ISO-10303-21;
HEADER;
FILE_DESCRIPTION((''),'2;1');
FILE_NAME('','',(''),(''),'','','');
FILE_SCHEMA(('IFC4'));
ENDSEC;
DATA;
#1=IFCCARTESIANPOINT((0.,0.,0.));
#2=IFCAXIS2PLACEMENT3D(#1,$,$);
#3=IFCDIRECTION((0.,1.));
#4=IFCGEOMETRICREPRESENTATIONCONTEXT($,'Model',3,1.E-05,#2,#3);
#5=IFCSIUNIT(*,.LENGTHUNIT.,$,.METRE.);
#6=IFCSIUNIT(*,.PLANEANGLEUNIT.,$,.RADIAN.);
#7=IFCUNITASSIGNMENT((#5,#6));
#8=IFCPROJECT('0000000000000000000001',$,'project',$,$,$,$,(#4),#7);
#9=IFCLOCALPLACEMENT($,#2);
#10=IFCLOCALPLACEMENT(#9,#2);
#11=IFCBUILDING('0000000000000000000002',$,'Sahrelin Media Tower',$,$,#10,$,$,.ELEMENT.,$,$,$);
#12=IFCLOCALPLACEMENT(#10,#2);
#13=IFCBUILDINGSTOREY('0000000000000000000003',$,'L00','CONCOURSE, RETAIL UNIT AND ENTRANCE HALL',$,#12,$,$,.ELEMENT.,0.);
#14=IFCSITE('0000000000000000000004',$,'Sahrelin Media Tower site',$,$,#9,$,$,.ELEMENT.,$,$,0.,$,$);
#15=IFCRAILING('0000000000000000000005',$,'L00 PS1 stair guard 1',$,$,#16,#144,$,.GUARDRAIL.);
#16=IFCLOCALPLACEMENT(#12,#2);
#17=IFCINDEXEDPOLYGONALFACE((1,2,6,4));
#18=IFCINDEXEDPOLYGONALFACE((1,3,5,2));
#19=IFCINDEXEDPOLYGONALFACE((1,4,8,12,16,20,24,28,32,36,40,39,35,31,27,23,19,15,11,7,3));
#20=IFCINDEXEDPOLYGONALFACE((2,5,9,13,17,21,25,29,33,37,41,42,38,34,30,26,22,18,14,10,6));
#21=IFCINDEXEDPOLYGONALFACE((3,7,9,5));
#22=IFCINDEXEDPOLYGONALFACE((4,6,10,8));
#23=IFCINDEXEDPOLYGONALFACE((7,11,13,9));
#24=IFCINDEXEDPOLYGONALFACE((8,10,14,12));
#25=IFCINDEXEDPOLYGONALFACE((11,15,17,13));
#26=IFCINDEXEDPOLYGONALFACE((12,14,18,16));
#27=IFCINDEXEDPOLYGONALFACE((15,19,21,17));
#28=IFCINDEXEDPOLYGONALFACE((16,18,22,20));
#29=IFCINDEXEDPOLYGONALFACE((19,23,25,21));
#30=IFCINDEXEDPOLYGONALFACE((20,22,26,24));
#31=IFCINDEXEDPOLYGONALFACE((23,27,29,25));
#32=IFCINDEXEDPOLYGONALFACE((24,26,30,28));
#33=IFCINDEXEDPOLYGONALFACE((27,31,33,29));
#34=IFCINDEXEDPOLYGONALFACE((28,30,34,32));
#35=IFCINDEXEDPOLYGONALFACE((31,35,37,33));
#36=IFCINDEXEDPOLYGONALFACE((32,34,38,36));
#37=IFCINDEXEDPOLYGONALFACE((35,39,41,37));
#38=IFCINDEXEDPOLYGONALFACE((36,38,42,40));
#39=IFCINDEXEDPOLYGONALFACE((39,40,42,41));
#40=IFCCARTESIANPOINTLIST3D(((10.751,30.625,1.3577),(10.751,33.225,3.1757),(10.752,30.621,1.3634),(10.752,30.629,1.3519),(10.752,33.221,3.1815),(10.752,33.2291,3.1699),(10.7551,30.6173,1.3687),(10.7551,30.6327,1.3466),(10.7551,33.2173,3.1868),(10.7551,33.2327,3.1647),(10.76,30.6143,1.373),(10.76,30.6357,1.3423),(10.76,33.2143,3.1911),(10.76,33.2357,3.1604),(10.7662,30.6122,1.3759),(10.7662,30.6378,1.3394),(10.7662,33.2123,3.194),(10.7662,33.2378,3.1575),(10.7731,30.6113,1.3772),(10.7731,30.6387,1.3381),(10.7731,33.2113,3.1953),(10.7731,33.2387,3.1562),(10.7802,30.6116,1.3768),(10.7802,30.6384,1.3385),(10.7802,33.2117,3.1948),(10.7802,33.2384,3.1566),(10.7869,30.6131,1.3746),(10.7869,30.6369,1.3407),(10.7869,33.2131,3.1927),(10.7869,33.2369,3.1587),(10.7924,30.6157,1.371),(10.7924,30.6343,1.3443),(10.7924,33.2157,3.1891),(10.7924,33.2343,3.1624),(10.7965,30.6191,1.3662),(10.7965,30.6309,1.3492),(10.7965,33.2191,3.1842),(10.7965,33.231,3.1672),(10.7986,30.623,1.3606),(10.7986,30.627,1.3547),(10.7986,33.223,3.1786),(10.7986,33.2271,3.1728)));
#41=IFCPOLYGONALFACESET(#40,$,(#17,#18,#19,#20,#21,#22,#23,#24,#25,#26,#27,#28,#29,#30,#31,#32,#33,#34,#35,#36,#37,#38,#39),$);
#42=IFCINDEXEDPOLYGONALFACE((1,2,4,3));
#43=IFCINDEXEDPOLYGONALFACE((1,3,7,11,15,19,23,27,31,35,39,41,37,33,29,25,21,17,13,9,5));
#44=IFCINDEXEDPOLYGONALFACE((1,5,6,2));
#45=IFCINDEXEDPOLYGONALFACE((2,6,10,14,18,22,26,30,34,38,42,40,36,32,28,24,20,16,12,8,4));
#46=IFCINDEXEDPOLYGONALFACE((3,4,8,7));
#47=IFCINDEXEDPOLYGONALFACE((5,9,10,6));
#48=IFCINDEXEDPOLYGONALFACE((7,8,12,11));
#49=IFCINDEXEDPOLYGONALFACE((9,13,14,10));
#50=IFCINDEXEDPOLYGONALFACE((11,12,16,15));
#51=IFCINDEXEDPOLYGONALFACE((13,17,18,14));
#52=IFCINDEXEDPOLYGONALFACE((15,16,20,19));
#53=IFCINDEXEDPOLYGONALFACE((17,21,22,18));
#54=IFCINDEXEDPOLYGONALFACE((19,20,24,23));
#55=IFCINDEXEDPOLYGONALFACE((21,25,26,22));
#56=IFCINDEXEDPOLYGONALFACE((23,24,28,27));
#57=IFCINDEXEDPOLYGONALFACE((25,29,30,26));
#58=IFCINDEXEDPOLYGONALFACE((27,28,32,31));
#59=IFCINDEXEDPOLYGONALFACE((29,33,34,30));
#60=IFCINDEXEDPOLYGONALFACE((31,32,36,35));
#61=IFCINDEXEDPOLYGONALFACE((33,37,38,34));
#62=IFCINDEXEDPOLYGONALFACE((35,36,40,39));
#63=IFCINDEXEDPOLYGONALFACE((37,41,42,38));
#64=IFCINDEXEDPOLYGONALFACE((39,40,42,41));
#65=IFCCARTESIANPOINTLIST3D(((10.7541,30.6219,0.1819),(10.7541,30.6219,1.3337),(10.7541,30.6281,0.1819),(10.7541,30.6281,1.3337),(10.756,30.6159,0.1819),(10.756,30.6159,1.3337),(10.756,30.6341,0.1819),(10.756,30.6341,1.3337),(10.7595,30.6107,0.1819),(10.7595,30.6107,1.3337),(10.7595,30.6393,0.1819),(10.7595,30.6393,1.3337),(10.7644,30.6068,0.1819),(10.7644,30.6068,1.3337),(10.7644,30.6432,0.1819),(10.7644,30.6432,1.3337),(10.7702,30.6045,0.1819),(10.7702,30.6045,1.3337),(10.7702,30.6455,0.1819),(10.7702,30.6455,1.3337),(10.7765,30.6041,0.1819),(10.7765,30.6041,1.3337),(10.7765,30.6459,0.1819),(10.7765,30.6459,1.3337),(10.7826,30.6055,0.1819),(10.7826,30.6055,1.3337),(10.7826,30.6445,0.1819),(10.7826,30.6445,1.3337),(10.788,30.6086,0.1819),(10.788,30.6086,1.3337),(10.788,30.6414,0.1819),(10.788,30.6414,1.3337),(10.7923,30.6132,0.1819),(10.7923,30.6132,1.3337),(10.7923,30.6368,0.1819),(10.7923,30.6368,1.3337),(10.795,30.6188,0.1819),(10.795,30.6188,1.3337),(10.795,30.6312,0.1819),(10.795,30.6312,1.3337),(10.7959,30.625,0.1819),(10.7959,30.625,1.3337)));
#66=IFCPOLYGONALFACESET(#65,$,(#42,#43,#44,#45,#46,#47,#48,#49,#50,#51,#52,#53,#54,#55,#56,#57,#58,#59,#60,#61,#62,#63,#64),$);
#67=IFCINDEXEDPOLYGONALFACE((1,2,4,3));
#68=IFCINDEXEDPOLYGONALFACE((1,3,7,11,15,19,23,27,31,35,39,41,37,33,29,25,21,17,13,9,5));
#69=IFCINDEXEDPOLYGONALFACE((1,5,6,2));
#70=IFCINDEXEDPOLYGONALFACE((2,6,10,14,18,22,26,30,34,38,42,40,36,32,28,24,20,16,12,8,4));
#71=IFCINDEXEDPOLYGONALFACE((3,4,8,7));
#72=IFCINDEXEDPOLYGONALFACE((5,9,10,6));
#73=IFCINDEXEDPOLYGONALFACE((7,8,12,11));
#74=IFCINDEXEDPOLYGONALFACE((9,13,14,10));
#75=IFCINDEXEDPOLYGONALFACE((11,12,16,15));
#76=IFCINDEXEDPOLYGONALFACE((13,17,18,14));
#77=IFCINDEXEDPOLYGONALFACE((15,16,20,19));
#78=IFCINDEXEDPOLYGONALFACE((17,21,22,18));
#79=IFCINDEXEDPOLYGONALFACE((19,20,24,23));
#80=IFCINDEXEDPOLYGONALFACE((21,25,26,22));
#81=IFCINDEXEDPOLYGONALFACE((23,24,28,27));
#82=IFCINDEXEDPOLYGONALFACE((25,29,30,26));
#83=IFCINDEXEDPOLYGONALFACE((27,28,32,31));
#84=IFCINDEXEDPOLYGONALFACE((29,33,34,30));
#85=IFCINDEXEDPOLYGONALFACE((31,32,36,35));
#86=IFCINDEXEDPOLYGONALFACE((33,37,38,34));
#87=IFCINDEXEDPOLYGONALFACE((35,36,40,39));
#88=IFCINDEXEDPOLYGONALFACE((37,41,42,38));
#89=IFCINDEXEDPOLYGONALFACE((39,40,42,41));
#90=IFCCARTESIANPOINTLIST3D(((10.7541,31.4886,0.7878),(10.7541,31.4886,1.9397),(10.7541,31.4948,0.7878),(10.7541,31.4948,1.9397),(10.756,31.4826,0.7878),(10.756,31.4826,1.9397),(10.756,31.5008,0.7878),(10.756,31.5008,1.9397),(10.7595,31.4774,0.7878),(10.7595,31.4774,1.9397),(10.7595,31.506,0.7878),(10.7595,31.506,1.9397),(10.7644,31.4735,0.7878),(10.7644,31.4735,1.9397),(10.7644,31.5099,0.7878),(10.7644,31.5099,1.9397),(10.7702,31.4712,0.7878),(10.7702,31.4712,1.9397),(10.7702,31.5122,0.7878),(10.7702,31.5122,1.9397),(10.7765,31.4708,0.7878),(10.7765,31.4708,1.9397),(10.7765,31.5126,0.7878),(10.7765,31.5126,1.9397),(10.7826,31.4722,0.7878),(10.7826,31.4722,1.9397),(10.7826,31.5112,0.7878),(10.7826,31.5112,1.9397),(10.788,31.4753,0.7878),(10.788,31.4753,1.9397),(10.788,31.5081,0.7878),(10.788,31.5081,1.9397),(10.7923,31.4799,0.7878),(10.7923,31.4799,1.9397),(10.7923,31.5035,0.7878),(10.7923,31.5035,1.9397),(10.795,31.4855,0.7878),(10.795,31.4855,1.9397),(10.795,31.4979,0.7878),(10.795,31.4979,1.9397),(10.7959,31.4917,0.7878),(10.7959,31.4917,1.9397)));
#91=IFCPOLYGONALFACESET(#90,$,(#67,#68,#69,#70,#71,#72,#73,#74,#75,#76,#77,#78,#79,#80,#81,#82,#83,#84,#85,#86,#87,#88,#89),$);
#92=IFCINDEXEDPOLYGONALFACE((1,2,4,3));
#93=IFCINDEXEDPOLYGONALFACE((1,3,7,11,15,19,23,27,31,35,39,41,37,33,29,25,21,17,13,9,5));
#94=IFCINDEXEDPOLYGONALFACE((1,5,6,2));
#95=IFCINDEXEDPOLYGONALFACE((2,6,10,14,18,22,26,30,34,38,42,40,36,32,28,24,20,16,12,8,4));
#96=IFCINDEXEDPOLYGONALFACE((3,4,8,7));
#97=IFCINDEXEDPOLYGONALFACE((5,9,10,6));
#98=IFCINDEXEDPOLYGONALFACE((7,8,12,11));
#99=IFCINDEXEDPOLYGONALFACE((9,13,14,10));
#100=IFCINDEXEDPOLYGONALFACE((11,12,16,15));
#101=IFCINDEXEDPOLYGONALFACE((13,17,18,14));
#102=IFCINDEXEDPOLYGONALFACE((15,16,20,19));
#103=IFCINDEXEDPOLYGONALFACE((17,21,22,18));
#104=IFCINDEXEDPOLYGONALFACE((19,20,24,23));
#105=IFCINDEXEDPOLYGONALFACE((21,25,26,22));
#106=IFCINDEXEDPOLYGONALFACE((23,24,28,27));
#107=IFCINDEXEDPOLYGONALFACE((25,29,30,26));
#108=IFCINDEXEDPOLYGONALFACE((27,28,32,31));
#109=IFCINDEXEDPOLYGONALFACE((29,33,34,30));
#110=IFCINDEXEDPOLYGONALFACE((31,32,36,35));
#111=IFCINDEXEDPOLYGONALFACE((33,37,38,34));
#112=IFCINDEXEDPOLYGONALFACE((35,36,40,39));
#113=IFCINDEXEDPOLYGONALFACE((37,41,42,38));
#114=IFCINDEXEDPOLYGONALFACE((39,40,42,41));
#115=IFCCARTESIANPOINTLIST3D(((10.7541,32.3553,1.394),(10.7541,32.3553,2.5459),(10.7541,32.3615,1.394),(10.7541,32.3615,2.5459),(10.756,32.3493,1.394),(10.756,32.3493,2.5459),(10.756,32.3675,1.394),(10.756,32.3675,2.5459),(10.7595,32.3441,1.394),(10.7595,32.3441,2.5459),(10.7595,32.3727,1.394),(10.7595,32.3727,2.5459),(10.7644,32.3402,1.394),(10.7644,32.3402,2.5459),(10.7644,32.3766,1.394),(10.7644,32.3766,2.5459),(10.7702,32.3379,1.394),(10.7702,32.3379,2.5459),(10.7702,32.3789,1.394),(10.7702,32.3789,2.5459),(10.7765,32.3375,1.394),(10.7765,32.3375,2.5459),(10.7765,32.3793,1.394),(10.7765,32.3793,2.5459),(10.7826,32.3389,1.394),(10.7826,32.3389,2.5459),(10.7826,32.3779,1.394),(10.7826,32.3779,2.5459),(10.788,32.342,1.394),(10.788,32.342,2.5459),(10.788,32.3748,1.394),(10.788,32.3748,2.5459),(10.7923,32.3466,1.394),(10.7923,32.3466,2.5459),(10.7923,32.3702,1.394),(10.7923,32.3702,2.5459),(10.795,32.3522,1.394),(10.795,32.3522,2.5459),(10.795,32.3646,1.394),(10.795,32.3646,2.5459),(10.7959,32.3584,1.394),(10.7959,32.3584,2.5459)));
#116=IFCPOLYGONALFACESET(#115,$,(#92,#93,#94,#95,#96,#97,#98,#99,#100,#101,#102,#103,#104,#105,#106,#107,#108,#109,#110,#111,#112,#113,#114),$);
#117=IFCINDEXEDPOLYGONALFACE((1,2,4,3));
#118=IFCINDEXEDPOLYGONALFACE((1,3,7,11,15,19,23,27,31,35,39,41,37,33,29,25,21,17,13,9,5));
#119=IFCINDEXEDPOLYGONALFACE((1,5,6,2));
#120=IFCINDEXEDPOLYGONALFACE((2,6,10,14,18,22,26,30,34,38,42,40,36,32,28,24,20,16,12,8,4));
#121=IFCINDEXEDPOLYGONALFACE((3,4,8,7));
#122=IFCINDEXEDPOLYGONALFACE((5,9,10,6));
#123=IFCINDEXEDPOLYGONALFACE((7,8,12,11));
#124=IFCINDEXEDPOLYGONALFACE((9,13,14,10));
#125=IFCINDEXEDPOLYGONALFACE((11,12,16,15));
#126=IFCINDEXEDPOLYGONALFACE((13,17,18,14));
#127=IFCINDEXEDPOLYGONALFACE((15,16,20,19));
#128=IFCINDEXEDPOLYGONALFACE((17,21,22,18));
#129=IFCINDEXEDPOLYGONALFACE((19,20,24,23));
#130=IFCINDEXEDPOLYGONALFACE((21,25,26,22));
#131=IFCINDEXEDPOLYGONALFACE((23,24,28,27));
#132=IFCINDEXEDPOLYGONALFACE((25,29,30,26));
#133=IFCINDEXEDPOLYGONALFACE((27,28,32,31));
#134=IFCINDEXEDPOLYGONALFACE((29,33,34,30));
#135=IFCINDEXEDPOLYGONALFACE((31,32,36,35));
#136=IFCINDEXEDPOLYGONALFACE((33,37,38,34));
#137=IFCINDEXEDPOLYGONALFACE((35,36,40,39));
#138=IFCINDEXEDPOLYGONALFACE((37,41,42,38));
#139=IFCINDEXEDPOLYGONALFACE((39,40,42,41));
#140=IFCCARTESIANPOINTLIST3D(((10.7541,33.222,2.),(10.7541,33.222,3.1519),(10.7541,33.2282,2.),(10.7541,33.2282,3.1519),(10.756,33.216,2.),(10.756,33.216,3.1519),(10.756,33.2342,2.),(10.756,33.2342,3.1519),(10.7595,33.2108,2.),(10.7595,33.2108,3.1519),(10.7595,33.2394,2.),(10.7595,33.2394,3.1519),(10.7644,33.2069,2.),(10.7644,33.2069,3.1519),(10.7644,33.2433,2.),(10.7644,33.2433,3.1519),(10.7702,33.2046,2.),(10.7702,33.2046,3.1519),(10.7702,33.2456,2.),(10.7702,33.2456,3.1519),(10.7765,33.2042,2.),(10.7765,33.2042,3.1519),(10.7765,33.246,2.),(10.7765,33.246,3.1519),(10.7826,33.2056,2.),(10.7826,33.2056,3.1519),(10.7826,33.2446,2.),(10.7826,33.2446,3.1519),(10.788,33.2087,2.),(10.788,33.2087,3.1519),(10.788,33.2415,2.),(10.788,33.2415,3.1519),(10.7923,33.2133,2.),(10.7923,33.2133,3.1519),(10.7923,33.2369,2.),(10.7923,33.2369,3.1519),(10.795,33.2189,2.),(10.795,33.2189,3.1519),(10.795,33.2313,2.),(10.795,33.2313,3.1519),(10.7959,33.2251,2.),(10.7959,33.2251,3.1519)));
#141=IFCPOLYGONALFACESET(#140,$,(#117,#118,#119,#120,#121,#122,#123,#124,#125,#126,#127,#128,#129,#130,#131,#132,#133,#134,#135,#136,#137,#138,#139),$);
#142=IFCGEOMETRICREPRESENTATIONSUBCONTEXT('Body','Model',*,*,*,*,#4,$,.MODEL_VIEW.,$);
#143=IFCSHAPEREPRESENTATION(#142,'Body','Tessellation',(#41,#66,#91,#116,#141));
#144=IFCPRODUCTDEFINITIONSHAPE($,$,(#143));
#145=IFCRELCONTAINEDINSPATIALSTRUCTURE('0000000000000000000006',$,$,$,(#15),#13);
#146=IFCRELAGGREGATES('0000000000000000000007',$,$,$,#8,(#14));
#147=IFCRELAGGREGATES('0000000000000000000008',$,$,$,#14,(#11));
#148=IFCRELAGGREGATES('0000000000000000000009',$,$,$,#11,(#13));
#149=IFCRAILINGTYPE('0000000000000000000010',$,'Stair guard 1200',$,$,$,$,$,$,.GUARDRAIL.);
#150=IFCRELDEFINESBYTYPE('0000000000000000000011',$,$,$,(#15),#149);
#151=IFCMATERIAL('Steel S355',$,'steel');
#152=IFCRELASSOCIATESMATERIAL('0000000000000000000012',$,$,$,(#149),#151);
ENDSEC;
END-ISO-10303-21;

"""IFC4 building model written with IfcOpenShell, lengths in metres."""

from ifc_helpers import new_model, si_unit, direction, frame, origin, origin_2d, place, context, subcontext, project, spatial, circle, extrude, material, type_object, element, save


model = new_model("IFC4")

# Units and contexts
model_context = context("Model", 3, precision=1e-05, world=origin(), true_north=direction((0.0, 1.0)))
body_context = subcontext(model_context, "Body", "Model", "MODEL_VIEW")
ifc_project = project(units=[si_unit("LENGTHUNIT", "METRE"), si_unit("PLANEANGLEUNIT", "RADIAN")], contexts=[model_context])

# Site, building, storey
site_placement = place(None, origin())
site = spatial("IfcSite", under=ifc_project, at=site_placement, Name="Sahrelin Media Tower site", CompositionType="ELEMENT", RefElevation=0.0)
building_placement = place(site_placement, origin())
building = spatial("IfcBuilding", under=site, at=building_placement, Name="Sahrelin Media Tower", CompositionType="ELEMENT")
storey_placement = place(building_placement, origin())
storey = spatial("IfcBuildingStorey", under=building, at=storey_placement, Name="L00", Description="CONCOURSE, RETAIL UNIT AND ENTRANCE HALL", CompositionType="ELEMENT", Elevation=0.0)

# Shared definitions
ifc_material_1 = material(Name="Steel S355", Category="steel")

# Railing
railing_type_1 = type_object("IfcRailingType", Name="Stair guard 1200", PredefinedType="GUARDRAIL", material=ifc_material_1)
railing_1_placement = place(storey_placement, frame((10.7749, 30.625, 0.1819)))
element("IfcRailing", 1, at=railing_1_placement, inside=storey, type_object=railing_type_1, Name="L00 PS1 stair guard 1", PredefinedType="GUARDRAIL", context=body_context, shape_type="SweptSolid", body=[
    extrude(circle(Radius=0.0239, at=origin_2d()), frame((0.0, 0.0, 1.1758), z_axis=(0.0, 0.819521, 0.573049), x_axis=(-1.0, 0.0, 0.0)), (0.0, 0.0, 1.0), 3.1726),
    extrude(circle(Radius=0.021, at=origin_2d()), origin(), (0.0, 0.0, 1.0), 1.1519),
    extrude(circle(Radius=0.021, at=origin_2d()), frame((0.0, 0.8667, 0.606)), (0.0, 0.0, 1.0), 1.1519),
    extrude(circle(Radius=0.021, at=origin_2d()), frame((0.0, 1.7334, 1.2122)), (0.0, 0.0, 1.0), 1.1519),
    extrude(circle(Radius=0.021, at=origin_2d()), frame((0.0, 2.6001, 1.8181)), (0.0, 0.0, 1.0), 1.1519),
])

save(model, "model.ifc")
